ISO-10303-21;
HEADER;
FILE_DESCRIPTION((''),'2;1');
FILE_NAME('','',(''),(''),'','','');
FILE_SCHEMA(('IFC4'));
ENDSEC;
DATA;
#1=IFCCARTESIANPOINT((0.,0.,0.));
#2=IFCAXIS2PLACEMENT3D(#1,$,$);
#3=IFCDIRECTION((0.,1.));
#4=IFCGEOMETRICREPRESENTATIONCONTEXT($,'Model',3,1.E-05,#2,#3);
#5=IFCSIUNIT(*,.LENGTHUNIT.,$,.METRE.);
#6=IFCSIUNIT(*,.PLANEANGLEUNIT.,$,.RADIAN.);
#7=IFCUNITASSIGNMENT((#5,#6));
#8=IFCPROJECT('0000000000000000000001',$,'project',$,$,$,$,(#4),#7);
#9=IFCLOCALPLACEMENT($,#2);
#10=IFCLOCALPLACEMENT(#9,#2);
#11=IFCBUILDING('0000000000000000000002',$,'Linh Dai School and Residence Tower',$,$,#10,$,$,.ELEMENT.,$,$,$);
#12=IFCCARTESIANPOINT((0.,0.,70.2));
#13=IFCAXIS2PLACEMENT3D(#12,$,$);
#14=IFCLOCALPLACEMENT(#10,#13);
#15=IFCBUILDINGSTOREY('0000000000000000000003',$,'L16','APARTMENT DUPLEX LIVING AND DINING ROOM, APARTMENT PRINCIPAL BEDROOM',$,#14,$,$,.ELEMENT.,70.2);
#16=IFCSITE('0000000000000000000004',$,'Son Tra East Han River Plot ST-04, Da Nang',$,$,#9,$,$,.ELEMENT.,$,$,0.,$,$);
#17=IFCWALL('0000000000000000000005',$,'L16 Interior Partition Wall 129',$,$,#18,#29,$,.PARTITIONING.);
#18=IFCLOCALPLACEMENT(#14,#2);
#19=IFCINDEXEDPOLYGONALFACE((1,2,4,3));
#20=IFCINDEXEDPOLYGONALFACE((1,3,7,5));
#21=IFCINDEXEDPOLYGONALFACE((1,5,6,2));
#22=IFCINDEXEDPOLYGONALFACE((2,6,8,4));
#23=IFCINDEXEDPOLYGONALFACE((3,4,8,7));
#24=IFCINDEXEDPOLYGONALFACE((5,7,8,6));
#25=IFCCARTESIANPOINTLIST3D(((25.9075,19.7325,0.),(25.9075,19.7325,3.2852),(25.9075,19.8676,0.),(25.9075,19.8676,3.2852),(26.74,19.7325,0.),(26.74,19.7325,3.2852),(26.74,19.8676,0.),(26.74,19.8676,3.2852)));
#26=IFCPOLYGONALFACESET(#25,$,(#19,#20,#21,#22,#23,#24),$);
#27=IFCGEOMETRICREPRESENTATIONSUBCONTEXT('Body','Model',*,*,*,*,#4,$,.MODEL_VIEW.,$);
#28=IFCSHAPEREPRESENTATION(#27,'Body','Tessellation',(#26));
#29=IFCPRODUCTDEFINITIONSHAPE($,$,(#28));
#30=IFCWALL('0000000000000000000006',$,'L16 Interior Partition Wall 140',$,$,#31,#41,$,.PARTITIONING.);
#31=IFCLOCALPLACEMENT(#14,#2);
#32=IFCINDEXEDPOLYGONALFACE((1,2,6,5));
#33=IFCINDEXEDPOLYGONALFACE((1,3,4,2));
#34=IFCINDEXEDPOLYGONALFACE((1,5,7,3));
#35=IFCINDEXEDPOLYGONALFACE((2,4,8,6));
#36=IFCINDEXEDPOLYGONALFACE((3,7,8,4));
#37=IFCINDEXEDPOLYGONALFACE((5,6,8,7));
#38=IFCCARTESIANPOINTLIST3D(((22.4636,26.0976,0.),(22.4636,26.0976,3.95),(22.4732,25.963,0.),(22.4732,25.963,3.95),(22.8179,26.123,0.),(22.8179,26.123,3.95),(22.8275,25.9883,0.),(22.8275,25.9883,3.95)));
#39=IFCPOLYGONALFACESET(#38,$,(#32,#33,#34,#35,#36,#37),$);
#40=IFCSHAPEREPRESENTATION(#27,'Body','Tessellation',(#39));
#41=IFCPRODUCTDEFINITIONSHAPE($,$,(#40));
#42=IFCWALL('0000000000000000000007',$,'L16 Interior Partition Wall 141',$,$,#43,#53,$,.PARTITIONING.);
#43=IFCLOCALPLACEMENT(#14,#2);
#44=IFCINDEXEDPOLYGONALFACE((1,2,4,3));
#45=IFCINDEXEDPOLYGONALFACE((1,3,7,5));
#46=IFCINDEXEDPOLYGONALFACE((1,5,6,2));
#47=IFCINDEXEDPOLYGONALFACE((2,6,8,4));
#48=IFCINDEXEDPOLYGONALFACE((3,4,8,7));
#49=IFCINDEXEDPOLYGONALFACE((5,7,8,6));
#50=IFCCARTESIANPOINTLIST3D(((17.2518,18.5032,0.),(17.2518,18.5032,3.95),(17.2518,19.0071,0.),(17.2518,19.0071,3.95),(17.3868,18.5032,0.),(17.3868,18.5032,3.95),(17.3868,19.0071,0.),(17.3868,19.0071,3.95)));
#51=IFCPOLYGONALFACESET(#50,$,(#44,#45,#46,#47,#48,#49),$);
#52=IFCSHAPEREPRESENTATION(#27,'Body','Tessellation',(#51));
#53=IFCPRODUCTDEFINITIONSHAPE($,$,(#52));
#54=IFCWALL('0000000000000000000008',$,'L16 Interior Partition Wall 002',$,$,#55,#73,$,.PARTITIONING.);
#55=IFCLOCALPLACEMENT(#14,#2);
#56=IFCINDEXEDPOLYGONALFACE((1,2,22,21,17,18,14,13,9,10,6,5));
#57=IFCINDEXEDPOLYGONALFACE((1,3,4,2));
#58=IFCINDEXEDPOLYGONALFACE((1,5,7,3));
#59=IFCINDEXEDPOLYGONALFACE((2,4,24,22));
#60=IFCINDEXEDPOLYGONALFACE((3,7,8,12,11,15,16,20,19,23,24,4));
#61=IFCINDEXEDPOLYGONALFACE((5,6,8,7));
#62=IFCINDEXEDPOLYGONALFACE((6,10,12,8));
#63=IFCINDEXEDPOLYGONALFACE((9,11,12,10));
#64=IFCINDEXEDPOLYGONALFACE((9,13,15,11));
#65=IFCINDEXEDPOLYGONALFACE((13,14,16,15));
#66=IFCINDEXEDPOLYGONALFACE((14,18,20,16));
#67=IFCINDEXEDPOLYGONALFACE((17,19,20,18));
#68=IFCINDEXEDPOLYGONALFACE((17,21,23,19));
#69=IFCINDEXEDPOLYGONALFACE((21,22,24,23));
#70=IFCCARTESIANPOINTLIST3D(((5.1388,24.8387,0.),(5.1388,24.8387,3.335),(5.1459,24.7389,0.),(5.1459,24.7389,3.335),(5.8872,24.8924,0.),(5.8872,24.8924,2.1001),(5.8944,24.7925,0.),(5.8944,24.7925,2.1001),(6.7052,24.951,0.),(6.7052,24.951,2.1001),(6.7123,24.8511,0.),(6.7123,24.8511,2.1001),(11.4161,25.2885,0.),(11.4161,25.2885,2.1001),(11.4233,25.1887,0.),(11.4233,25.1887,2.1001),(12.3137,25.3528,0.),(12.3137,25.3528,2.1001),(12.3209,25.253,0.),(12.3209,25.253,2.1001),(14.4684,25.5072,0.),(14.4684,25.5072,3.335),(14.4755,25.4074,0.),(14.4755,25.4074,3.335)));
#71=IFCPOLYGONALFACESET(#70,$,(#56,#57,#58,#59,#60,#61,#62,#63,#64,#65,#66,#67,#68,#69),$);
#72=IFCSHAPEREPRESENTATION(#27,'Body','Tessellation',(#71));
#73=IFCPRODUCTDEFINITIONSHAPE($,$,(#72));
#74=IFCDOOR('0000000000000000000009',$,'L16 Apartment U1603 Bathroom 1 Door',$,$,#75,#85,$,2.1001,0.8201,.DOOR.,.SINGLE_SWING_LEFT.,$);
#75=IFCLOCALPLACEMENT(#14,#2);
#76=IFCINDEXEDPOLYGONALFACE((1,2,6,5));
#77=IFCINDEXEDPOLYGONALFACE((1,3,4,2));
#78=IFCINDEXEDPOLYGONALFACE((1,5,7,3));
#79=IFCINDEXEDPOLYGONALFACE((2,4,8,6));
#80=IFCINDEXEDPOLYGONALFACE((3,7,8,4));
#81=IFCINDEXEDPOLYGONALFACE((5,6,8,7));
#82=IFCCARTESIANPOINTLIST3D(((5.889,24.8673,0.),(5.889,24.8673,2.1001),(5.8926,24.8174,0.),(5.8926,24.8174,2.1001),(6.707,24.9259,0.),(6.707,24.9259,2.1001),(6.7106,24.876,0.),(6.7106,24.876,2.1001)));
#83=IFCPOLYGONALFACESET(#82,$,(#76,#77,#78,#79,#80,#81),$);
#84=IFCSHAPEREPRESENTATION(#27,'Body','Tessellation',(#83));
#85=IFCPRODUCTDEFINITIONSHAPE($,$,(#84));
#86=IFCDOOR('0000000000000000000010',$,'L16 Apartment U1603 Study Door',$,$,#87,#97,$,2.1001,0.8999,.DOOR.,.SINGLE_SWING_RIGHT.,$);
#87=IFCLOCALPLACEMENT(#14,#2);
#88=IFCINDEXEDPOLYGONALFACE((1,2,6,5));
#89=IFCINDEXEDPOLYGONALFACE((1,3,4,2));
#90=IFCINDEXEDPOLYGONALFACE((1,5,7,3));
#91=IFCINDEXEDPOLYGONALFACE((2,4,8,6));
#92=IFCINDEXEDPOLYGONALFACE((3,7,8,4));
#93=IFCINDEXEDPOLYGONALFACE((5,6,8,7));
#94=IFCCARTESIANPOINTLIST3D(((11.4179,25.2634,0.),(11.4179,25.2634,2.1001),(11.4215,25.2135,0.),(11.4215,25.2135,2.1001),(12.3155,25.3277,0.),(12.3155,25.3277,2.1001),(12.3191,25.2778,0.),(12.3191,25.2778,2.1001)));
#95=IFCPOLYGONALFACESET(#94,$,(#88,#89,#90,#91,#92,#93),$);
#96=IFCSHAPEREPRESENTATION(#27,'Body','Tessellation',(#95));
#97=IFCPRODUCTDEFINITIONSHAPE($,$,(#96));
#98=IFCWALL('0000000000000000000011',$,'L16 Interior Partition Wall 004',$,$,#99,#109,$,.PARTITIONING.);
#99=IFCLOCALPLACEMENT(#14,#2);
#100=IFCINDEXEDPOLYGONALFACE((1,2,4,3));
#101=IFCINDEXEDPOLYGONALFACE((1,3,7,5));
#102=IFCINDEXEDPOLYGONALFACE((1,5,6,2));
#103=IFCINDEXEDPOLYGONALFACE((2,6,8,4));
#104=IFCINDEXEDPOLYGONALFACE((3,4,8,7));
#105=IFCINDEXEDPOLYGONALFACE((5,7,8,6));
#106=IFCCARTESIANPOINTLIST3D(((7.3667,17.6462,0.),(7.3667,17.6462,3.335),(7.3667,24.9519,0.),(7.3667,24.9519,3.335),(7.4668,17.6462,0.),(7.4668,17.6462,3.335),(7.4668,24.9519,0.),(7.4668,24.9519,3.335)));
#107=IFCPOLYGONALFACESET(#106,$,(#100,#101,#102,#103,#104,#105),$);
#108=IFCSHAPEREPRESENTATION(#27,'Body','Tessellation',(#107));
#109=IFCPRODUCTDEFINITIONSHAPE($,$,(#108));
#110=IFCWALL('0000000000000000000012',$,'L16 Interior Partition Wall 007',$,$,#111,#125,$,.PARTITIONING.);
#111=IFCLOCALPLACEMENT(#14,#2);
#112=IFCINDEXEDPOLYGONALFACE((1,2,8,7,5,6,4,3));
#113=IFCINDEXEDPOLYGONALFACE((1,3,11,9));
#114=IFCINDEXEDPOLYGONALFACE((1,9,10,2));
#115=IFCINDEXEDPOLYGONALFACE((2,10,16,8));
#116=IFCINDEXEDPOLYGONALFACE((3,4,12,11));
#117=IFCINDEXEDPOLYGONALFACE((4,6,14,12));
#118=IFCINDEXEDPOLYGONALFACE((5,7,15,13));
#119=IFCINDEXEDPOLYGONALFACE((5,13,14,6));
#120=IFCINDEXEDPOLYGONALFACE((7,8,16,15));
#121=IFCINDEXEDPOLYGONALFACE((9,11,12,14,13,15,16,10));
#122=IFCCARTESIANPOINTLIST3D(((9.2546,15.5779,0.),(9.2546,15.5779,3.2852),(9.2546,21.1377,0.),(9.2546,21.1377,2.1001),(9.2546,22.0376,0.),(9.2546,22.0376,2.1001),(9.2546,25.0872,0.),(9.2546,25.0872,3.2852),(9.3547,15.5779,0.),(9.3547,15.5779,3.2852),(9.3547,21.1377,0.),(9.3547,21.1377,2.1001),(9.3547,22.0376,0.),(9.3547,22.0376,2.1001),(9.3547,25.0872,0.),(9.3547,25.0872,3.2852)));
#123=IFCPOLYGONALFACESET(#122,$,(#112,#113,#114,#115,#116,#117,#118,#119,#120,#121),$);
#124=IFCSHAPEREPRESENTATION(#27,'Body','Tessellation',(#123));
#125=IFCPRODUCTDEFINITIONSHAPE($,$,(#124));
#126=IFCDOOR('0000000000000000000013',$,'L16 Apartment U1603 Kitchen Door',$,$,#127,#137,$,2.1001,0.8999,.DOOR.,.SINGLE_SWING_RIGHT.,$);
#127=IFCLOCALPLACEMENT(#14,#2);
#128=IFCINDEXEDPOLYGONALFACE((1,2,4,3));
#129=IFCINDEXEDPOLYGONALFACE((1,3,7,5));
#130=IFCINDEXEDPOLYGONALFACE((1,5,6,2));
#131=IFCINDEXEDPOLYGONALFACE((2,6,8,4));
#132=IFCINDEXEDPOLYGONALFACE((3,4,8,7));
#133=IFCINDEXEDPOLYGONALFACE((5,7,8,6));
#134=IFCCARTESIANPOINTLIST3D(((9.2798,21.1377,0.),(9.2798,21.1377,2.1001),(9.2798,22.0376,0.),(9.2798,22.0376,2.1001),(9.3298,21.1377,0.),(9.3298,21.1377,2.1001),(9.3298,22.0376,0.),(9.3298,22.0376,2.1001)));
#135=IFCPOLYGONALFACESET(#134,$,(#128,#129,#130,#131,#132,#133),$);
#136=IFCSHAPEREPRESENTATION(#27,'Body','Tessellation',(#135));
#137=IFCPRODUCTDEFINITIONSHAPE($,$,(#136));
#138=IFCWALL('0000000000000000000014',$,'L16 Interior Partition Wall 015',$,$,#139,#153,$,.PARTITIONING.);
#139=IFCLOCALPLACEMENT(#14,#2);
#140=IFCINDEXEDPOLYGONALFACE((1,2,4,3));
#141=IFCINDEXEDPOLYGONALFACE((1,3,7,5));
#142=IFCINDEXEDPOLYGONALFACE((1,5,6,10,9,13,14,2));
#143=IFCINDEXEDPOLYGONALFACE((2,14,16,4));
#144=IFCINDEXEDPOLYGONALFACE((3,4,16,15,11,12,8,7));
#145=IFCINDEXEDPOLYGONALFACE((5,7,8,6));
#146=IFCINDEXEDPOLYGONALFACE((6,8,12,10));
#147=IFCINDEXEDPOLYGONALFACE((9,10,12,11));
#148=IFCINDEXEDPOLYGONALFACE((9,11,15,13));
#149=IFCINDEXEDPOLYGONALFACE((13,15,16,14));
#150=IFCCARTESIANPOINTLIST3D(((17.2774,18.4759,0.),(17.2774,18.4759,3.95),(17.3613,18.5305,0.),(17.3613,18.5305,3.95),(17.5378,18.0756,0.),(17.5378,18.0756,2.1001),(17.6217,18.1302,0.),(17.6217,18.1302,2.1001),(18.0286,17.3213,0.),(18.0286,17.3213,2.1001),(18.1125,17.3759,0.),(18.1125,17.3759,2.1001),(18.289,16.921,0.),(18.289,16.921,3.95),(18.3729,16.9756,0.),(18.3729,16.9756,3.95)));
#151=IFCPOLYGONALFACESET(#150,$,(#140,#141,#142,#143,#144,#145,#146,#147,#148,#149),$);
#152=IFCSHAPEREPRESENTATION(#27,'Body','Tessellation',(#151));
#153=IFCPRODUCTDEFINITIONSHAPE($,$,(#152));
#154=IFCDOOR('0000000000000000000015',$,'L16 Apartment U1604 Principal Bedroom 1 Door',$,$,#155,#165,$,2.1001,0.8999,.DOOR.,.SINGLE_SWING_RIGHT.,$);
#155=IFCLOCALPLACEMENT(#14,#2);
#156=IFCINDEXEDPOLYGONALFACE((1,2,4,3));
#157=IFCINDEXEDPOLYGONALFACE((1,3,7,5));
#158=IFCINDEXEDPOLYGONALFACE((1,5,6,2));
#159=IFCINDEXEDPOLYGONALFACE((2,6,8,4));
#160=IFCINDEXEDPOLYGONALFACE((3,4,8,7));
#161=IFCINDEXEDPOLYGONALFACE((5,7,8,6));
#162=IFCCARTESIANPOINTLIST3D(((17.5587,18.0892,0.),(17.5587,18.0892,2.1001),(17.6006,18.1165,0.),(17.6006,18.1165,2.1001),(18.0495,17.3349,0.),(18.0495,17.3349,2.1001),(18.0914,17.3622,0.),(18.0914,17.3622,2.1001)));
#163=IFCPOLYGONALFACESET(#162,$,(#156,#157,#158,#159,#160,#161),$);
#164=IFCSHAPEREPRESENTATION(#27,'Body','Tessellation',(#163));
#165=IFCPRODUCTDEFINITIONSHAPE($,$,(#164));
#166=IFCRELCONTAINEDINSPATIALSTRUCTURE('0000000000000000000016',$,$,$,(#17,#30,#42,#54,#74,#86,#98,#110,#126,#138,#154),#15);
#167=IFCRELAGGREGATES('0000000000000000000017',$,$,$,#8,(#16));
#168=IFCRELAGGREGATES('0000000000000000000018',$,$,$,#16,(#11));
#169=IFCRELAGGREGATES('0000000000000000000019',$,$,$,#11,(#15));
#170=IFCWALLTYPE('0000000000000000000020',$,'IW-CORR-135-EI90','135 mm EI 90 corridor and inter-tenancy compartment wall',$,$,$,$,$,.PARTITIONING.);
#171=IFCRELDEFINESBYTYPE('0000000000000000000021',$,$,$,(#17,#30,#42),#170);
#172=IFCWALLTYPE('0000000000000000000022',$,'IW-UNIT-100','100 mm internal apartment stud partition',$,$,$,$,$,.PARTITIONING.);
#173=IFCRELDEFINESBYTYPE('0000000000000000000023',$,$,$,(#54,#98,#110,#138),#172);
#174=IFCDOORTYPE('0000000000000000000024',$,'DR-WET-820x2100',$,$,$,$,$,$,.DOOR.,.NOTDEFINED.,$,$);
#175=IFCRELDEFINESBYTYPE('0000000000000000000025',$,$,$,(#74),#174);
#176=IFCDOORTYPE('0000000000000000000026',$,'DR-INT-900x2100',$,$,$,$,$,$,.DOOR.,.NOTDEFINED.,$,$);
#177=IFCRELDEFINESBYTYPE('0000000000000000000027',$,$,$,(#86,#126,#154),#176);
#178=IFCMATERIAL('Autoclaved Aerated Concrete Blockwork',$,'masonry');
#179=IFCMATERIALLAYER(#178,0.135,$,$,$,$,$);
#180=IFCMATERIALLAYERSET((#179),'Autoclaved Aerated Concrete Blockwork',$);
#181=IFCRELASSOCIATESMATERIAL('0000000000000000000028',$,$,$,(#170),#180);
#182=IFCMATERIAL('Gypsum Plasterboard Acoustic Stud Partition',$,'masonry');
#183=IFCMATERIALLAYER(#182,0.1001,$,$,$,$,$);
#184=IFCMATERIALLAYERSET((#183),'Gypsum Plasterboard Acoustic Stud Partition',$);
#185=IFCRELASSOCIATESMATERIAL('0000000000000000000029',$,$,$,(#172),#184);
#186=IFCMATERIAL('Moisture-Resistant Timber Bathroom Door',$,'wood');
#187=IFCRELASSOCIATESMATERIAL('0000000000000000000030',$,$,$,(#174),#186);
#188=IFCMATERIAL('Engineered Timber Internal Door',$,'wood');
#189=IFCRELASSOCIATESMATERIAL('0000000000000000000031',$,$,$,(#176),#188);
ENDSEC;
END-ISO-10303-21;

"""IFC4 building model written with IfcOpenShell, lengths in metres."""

from ifc_helpers import new_model, si_unit, direction, frame, frame_2d, origin, origin_2d, place, context, subcontext, project, spatial, rectangle, extrude, source, transform, mapped, material, layer, layer_set, type_object, element, fill, save


model = new_model("IFC4")

# Units and contexts
model_context = context("Model", 3, precision=1e-05, world=origin(), true_north=direction((0.0, 1.0)))
body_context = subcontext(model_context, "Body", "Model", "MODEL_VIEW")
ifc_project = project(units=[si_unit("LENGTHUNIT", "METRE"), si_unit("PLANEANGLEUNIT", "RADIAN")], contexts=[model_context])

# Site, building, storey
site_placement = place(None, origin())
site = spatial("IfcSite", under=ifc_project, at=site_placement, Name="Son Tra East Han River Plot ST-04, Da Nang", CompositionType="ELEMENT", RefElevation=0.0)
building_placement = place(site_placement, origin())
building = spatial("IfcBuilding", under=site, at=building_placement, Name="Linh Dai School and Residence Tower", CompositionType="ELEMENT")
storey_placement = place(building_placement, frame((0.0, 0.0, 70.2)))
storey = spatial("IfcBuildingStorey", under=building, at=storey_placement, Name="L16", Description="APARTMENT DUPLEX LIVING AND DINING ROOM, APARTMENT PRINCIPAL BEDROOM", CompositionType="ELEMENT", Elevation=70.2)

# Shared definitions
ifc_material_1 = material(Name="Autoclaved Aerated Concrete Blockwork", Category="masonry")
ifc_layer_1 = layer(ifc_material_1, 0.135)
ifc_layer_set_1 = layer_set([ifc_layer_1], Name="Autoclaved Aerated Concrete Blockwork")
wall_type_1 = type_object("IfcWallType", Name="IW-CORR-135-EI90", Description="135 mm EI 90 corridor and inter-tenancy compartment wall", PredefinedType="PARTITIONING", material=ifc_layer_set_1)

# Walls
wall_1_placement = place(storey_placement, frame((25.9075, 19.8, 0.0), z_axis=(0.0, 0.0, 1.0), x_axis=(1.0, 0.0, 0.0)))
element("IfcWall", 1, at=wall_1_placement, inside=storey, type_object=wall_type_1, Name="L16 Interior Partition Wall 129", PredefinedType="PARTITIONING", context=body_context, shape_type="SweptSolid", body=[
    extrude(rectangle(XDim=0.8325, YDim=0.135, at=frame_2d((0.4163, 0.0))), origin(), (0.0, 0.0, 1.0), 3.2852),
])
wall_2_placement = place(storey_placement, frame((22.4683, 26.0303, 0.0), z_axis=(0.0, 0.0, 1.0), x_axis=(0.997441, 0.071491, 0.0)))
element("IfcWall", 2, at=wall_2_placement, inside=storey, type_object=wall_type_1, Name="L16 Interior Partition Wall 140", PredefinedType="PARTITIONING", context=body_context, shape_type="SweptSolid", body=[
    extrude(rectangle(XDim=0.3552, YDim=0.135, at=frame_2d((0.1777, 0.0))), origin(), (0.0, 0.0, 1.0), 3.95),
])
wall_3_placement = place(storey_placement, frame((17.3193, 18.5032, 0.0), z_axis=(0.0, 0.0, 1.0), x_axis=(0.0, 1.0, 0.0)))
element("IfcWall", 3, at=wall_3_placement, inside=storey, type_object=wall_type_1, Name="L16 Interior Partition Wall 141", PredefinedType="PARTITIONING", context=body_context, shape_type="SweptSolid", body=[
    extrude(rectangle(XDim=0.5039, YDim=0.135, at=frame_2d((0.252, 0.0))), origin(), (0.0, 0.0, 1.0), 3.95),
])

# Wall, openings, doors
ifc_material_2 = material(Name="Gypsum Plasterboard Acoustic Stud Partition", Category="masonry")
ifc_layer_2 = layer(ifc_material_2, 0.1001)
ifc_layer_set_2 = layer_set([ifc_layer_2], Name="Gypsum Plasterboard Acoustic Stud Partition")
wall_type_2 = type_object("IfcWallType", Name="IW-UNIT-100", Description="100 mm internal apartment stud partition", PredefinedType="PARTITIONING", material=ifc_layer_set_2)
wall_4_placement = place(storey_placement, frame((5.1423, 24.7888, 0.0), z_axis=(0.0, 0.0, 1.0), x_axis=(0.997443, 0.071466, 0.0)))
wall_4 = element("IfcWall", 4, at=wall_4_placement, inside=storey, type_object=wall_type_2, Name="L16 Interior Partition Wall 002", PredefinedType="PARTITIONING", context=body_context, shape_type="SweptSolid", body=[
    extrude(rectangle(XDim=9.3535, YDim=0.1001, at=frame_2d((4.6768, 0.0))), origin(), (0.0, 0.0, 1.0), 3.335),
])
opening_1_placement = place(wall_4_placement, frame((6.2935, 0.0, 0.0)))
opening_1 = element("IfcOpeningElement", 5, at=opening_1_placement, cuts=wall_4, PredefinedType="OPENING", context=body_context, shape_type="SweptSolid", body=[
    extrude(rectangle(XDim=0.8999, YDim=2.1001, at=origin_2d()), frame((0.45, 0.0601, 1.05), z_axis=(0.0, -1.0, 0.0), x_axis=(1.0, 0.0, 0.0)), (0.0, 0.0, 1.0), 0.1201),
])
opening_2_placement = place(wall_4_placement, frame((0.7502, 0.0, 0.0)))
opening_2 = element("IfcOpeningElement", 6, at=opening_2_placement, cuts=wall_4, PredefinedType="OPENING", context=body_context, shape_type="SweptSolid", body=[
    extrude(rectangle(XDim=0.8201, YDim=2.1001, at=origin_2d()), frame((0.4102, 0.0601, 1.05), z_axis=(0.0, -1.0, 0.0), x_axis=(1.0, 0.0, 0.0)), (0.0, 0.0, 1.0), 0.1201),
])
ifc_material_3 = material(Name="Moisture-Resistant Timber Bathroom Door", Category="wood")
door_type_1 = type_object("IfcDoorType", Name="DR-WET-820x2100", OperationType="NOTDEFINED", PredefinedType="DOOR", material=ifc_material_3)
shared_shape_1 = source(origin(), body_context, "Body", "SweptSolid", [
    extrude(rectangle(XDim=0.8201, YDim=2.1001, at=origin_2d()), frame((0.4102, 0.0249, 1.05), z_axis=(0.0, -1.0, 0.0), x_axis=(1.0, 0.0, 0.0)), (0.0, 0.0, 1.0), 0.05),
])
door_1_placement = place(opening_2_placement, origin())
door_1 = element("IfcDoor", 7, at=door_1_placement, inside=storey, type_object=door_type_1, Name="L16 Apartment U1603 Bathroom 1 Door", OperationType="SINGLE_SWING_LEFT", OverallHeight=2.1001, OverallWidth=0.8201, PredefinedType="DOOR", context=body_context, shape_type="MappedRepresentation", body=[
    mapped(shared_shape_1, transform((0.0, 0.0, 0.0), x_axis=(1.0, 0.0, 0.0), y_axis=(0.0, 1.0, 0.0), z_axis=(0.0, 0.0, 1.0), scale=1.0)),
])
fill(opening_2, door_1)
ifc_material_4 = material(Name="Engineered Timber Internal Door", Category="wood")
door_type_2 = type_object("IfcDoorType", Name="DR-INT-900x2100", OperationType="NOTDEFINED", PredefinedType="DOOR", material=ifc_material_4)
shared_shape_2 = source(origin(), body_context, "Body", "SweptSolid", [
    extrude(rectangle(XDim=0.8999, YDim=2.1001, at=origin_2d()), frame((0.45, 0.0249, 1.05), z_axis=(0.0, -1.0, 0.0), x_axis=(1.0, 0.0, 0.0)), (0.0, 0.0, 1.0), 0.05),
])
door_2_placement = place(opening_1_placement, origin())
door_2 = element("IfcDoor", 8, at=door_2_placement, inside=storey, type_object=door_type_2, Name="L16 Apartment U1603 Study Door", OperationType="SINGLE_SWING_RIGHT", OverallHeight=2.1001, OverallWidth=0.8999, PredefinedType="DOOR", context=body_context, shape_type="MappedRepresentation", body=[
    mapped(shared_shape_2, transform((0.0, 0.0, 0.0), x_axis=(1.0, 0.0, 0.0), y_axis=(0.0, 1.0, 0.0), z_axis=(0.0, 0.0, 1.0), scale=1.0)),
])
fill(opening_1, door_2)

# Wall
wall_5_placement = place(storey_placement, frame((7.4167, 17.6462, 0.0), z_axis=(0.0, 0.0, 1.0), x_axis=(0.0, 1.0, 0.0)))
element("IfcWall", 9, at=wall_5_placement, inside=storey, type_object=wall_type_2, Name="L16 Interior Partition Wall 004", PredefinedType="PARTITIONING", context=body_context, shape_type="SweptSolid", body=[
    extrude(rectangle(XDim=7.3057, YDim=0.1001, at=frame_2d((3.6528, 0.0))), origin(), (0.0, 0.0, 1.0), 3.335),
])

# Walls, openings, doors
wall_6_placement = place(storey_placement, frame((9.3047, 15.5779, 0.0), z_axis=(0.0, 0.0, 1.0), x_axis=(0.0, 1.0, 0.0)))
wall_6 = element("IfcWall", 10, at=wall_6_placement, inside=storey, type_object=wall_type_2, Name="L16 Interior Partition Wall 007", PredefinedType="PARTITIONING", context=body_context, shape_type="SweptSolid", body=[
    extrude(rectangle(XDim=9.5093, YDim=0.1001, at=frame_2d((4.7546, 0.0))), origin(), (0.0, 0.0, 1.0), 3.2852),
])
opening_3_placement = place(wall_6_placement, frame((5.5598, 0.0, 0.0)))
opening_3 = element("IfcOpeningElement", 11, at=opening_3_placement, cuts=wall_6, PredefinedType="OPENING", context=body_context, shape_type="SweptSolid", body=[
    extrude(rectangle(XDim=0.8999, YDim=2.1001, at=origin_2d()), frame((0.45, 0.0601, 1.05), z_axis=(0.0, -1.0, 0.0), x_axis=(1.0, 0.0, 0.0)), (0.0, 0.0, 1.0), 0.1201),
])
door_3_placement = place(opening_3_placement, origin())
door_3 = element("IfcDoor", 12, at=door_3_placement, inside=storey, type_object=door_type_2, Name="L16 Apartment U1603 Kitchen Door", OperationType="SINGLE_SWING_RIGHT", OverallHeight=2.1001, OverallWidth=0.8999, PredefinedType="DOOR", context=body_context, shape_type="MappedRepresentation", body=[
    mapped(shared_shape_2, transform((0.0, 0.0, 0.0), x_axis=(1.0, 0.0, 0.0), y_axis=(0.0, 1.0, 0.0), z_axis=(0.0, 0.0, 1.0), scale=1.0)),
])
fill(opening_3, door_3)
wall_7_placement = place(storey_placement, frame((17.3193, 18.5032, 0.0), z_axis=(0.0, 0.0, 1.0), x_axis=(0.545372, -0.838194, 0.0)))
wall_7 = element("IfcWall", 13, at=wall_7_placement, inside=storey, type_object=wall_type_2, Name="L16 Interior Partition Wall 015", PredefinedType="PARTITIONING", context=body_context, shape_type="SweptSolid", body=[
    extrude(rectangle(XDim=1.855, YDim=0.1001, at=frame_2d((0.9275, 0.0))), origin(), (0.0, 0.0, 1.0), 3.95),
])
opening_4_placement = place(wall_7_placement, frame((0.4775, 0.0, 0.0)))
opening_4 = element("IfcOpeningElement", 14, at=opening_4_placement, cuts=wall_7, PredefinedType="OPENING", context=body_context, shape_type="SweptSolid", body=[
    extrude(rectangle(XDim=0.8999, YDim=2.1001, at=origin_2d()), frame((0.45, 0.0601, 1.05), z_axis=(0.0, -1.0, 0.0), x_axis=(1.0, 0.0, 0.0)), (0.0, 0.0, 1.0), 0.1201),
])
door_4_placement = place(opening_4_placement, origin())
door_4 = element("IfcDoor", 15, at=door_4_placement, inside=storey, type_object=door_type_2, Name="L16 Apartment U1604 Principal Bedroom 1 Door", OperationType="SINGLE_SWING_RIGHT", OverallHeight=2.1001, OverallWidth=0.8999, PredefinedType="DOOR", context=body_context, shape_type="MappedRepresentation", body=[
    mapped(shared_shape_2, transform((0.0, 0.0, 0.0), x_axis=(1.0, 0.0, 0.0), y_axis=(0.0, 1.0, 0.0), z_axis=(0.0, 0.0, 1.0), scale=1.0)),
])
fill(opening_4, door_4)

save(model, "model.ifc")
